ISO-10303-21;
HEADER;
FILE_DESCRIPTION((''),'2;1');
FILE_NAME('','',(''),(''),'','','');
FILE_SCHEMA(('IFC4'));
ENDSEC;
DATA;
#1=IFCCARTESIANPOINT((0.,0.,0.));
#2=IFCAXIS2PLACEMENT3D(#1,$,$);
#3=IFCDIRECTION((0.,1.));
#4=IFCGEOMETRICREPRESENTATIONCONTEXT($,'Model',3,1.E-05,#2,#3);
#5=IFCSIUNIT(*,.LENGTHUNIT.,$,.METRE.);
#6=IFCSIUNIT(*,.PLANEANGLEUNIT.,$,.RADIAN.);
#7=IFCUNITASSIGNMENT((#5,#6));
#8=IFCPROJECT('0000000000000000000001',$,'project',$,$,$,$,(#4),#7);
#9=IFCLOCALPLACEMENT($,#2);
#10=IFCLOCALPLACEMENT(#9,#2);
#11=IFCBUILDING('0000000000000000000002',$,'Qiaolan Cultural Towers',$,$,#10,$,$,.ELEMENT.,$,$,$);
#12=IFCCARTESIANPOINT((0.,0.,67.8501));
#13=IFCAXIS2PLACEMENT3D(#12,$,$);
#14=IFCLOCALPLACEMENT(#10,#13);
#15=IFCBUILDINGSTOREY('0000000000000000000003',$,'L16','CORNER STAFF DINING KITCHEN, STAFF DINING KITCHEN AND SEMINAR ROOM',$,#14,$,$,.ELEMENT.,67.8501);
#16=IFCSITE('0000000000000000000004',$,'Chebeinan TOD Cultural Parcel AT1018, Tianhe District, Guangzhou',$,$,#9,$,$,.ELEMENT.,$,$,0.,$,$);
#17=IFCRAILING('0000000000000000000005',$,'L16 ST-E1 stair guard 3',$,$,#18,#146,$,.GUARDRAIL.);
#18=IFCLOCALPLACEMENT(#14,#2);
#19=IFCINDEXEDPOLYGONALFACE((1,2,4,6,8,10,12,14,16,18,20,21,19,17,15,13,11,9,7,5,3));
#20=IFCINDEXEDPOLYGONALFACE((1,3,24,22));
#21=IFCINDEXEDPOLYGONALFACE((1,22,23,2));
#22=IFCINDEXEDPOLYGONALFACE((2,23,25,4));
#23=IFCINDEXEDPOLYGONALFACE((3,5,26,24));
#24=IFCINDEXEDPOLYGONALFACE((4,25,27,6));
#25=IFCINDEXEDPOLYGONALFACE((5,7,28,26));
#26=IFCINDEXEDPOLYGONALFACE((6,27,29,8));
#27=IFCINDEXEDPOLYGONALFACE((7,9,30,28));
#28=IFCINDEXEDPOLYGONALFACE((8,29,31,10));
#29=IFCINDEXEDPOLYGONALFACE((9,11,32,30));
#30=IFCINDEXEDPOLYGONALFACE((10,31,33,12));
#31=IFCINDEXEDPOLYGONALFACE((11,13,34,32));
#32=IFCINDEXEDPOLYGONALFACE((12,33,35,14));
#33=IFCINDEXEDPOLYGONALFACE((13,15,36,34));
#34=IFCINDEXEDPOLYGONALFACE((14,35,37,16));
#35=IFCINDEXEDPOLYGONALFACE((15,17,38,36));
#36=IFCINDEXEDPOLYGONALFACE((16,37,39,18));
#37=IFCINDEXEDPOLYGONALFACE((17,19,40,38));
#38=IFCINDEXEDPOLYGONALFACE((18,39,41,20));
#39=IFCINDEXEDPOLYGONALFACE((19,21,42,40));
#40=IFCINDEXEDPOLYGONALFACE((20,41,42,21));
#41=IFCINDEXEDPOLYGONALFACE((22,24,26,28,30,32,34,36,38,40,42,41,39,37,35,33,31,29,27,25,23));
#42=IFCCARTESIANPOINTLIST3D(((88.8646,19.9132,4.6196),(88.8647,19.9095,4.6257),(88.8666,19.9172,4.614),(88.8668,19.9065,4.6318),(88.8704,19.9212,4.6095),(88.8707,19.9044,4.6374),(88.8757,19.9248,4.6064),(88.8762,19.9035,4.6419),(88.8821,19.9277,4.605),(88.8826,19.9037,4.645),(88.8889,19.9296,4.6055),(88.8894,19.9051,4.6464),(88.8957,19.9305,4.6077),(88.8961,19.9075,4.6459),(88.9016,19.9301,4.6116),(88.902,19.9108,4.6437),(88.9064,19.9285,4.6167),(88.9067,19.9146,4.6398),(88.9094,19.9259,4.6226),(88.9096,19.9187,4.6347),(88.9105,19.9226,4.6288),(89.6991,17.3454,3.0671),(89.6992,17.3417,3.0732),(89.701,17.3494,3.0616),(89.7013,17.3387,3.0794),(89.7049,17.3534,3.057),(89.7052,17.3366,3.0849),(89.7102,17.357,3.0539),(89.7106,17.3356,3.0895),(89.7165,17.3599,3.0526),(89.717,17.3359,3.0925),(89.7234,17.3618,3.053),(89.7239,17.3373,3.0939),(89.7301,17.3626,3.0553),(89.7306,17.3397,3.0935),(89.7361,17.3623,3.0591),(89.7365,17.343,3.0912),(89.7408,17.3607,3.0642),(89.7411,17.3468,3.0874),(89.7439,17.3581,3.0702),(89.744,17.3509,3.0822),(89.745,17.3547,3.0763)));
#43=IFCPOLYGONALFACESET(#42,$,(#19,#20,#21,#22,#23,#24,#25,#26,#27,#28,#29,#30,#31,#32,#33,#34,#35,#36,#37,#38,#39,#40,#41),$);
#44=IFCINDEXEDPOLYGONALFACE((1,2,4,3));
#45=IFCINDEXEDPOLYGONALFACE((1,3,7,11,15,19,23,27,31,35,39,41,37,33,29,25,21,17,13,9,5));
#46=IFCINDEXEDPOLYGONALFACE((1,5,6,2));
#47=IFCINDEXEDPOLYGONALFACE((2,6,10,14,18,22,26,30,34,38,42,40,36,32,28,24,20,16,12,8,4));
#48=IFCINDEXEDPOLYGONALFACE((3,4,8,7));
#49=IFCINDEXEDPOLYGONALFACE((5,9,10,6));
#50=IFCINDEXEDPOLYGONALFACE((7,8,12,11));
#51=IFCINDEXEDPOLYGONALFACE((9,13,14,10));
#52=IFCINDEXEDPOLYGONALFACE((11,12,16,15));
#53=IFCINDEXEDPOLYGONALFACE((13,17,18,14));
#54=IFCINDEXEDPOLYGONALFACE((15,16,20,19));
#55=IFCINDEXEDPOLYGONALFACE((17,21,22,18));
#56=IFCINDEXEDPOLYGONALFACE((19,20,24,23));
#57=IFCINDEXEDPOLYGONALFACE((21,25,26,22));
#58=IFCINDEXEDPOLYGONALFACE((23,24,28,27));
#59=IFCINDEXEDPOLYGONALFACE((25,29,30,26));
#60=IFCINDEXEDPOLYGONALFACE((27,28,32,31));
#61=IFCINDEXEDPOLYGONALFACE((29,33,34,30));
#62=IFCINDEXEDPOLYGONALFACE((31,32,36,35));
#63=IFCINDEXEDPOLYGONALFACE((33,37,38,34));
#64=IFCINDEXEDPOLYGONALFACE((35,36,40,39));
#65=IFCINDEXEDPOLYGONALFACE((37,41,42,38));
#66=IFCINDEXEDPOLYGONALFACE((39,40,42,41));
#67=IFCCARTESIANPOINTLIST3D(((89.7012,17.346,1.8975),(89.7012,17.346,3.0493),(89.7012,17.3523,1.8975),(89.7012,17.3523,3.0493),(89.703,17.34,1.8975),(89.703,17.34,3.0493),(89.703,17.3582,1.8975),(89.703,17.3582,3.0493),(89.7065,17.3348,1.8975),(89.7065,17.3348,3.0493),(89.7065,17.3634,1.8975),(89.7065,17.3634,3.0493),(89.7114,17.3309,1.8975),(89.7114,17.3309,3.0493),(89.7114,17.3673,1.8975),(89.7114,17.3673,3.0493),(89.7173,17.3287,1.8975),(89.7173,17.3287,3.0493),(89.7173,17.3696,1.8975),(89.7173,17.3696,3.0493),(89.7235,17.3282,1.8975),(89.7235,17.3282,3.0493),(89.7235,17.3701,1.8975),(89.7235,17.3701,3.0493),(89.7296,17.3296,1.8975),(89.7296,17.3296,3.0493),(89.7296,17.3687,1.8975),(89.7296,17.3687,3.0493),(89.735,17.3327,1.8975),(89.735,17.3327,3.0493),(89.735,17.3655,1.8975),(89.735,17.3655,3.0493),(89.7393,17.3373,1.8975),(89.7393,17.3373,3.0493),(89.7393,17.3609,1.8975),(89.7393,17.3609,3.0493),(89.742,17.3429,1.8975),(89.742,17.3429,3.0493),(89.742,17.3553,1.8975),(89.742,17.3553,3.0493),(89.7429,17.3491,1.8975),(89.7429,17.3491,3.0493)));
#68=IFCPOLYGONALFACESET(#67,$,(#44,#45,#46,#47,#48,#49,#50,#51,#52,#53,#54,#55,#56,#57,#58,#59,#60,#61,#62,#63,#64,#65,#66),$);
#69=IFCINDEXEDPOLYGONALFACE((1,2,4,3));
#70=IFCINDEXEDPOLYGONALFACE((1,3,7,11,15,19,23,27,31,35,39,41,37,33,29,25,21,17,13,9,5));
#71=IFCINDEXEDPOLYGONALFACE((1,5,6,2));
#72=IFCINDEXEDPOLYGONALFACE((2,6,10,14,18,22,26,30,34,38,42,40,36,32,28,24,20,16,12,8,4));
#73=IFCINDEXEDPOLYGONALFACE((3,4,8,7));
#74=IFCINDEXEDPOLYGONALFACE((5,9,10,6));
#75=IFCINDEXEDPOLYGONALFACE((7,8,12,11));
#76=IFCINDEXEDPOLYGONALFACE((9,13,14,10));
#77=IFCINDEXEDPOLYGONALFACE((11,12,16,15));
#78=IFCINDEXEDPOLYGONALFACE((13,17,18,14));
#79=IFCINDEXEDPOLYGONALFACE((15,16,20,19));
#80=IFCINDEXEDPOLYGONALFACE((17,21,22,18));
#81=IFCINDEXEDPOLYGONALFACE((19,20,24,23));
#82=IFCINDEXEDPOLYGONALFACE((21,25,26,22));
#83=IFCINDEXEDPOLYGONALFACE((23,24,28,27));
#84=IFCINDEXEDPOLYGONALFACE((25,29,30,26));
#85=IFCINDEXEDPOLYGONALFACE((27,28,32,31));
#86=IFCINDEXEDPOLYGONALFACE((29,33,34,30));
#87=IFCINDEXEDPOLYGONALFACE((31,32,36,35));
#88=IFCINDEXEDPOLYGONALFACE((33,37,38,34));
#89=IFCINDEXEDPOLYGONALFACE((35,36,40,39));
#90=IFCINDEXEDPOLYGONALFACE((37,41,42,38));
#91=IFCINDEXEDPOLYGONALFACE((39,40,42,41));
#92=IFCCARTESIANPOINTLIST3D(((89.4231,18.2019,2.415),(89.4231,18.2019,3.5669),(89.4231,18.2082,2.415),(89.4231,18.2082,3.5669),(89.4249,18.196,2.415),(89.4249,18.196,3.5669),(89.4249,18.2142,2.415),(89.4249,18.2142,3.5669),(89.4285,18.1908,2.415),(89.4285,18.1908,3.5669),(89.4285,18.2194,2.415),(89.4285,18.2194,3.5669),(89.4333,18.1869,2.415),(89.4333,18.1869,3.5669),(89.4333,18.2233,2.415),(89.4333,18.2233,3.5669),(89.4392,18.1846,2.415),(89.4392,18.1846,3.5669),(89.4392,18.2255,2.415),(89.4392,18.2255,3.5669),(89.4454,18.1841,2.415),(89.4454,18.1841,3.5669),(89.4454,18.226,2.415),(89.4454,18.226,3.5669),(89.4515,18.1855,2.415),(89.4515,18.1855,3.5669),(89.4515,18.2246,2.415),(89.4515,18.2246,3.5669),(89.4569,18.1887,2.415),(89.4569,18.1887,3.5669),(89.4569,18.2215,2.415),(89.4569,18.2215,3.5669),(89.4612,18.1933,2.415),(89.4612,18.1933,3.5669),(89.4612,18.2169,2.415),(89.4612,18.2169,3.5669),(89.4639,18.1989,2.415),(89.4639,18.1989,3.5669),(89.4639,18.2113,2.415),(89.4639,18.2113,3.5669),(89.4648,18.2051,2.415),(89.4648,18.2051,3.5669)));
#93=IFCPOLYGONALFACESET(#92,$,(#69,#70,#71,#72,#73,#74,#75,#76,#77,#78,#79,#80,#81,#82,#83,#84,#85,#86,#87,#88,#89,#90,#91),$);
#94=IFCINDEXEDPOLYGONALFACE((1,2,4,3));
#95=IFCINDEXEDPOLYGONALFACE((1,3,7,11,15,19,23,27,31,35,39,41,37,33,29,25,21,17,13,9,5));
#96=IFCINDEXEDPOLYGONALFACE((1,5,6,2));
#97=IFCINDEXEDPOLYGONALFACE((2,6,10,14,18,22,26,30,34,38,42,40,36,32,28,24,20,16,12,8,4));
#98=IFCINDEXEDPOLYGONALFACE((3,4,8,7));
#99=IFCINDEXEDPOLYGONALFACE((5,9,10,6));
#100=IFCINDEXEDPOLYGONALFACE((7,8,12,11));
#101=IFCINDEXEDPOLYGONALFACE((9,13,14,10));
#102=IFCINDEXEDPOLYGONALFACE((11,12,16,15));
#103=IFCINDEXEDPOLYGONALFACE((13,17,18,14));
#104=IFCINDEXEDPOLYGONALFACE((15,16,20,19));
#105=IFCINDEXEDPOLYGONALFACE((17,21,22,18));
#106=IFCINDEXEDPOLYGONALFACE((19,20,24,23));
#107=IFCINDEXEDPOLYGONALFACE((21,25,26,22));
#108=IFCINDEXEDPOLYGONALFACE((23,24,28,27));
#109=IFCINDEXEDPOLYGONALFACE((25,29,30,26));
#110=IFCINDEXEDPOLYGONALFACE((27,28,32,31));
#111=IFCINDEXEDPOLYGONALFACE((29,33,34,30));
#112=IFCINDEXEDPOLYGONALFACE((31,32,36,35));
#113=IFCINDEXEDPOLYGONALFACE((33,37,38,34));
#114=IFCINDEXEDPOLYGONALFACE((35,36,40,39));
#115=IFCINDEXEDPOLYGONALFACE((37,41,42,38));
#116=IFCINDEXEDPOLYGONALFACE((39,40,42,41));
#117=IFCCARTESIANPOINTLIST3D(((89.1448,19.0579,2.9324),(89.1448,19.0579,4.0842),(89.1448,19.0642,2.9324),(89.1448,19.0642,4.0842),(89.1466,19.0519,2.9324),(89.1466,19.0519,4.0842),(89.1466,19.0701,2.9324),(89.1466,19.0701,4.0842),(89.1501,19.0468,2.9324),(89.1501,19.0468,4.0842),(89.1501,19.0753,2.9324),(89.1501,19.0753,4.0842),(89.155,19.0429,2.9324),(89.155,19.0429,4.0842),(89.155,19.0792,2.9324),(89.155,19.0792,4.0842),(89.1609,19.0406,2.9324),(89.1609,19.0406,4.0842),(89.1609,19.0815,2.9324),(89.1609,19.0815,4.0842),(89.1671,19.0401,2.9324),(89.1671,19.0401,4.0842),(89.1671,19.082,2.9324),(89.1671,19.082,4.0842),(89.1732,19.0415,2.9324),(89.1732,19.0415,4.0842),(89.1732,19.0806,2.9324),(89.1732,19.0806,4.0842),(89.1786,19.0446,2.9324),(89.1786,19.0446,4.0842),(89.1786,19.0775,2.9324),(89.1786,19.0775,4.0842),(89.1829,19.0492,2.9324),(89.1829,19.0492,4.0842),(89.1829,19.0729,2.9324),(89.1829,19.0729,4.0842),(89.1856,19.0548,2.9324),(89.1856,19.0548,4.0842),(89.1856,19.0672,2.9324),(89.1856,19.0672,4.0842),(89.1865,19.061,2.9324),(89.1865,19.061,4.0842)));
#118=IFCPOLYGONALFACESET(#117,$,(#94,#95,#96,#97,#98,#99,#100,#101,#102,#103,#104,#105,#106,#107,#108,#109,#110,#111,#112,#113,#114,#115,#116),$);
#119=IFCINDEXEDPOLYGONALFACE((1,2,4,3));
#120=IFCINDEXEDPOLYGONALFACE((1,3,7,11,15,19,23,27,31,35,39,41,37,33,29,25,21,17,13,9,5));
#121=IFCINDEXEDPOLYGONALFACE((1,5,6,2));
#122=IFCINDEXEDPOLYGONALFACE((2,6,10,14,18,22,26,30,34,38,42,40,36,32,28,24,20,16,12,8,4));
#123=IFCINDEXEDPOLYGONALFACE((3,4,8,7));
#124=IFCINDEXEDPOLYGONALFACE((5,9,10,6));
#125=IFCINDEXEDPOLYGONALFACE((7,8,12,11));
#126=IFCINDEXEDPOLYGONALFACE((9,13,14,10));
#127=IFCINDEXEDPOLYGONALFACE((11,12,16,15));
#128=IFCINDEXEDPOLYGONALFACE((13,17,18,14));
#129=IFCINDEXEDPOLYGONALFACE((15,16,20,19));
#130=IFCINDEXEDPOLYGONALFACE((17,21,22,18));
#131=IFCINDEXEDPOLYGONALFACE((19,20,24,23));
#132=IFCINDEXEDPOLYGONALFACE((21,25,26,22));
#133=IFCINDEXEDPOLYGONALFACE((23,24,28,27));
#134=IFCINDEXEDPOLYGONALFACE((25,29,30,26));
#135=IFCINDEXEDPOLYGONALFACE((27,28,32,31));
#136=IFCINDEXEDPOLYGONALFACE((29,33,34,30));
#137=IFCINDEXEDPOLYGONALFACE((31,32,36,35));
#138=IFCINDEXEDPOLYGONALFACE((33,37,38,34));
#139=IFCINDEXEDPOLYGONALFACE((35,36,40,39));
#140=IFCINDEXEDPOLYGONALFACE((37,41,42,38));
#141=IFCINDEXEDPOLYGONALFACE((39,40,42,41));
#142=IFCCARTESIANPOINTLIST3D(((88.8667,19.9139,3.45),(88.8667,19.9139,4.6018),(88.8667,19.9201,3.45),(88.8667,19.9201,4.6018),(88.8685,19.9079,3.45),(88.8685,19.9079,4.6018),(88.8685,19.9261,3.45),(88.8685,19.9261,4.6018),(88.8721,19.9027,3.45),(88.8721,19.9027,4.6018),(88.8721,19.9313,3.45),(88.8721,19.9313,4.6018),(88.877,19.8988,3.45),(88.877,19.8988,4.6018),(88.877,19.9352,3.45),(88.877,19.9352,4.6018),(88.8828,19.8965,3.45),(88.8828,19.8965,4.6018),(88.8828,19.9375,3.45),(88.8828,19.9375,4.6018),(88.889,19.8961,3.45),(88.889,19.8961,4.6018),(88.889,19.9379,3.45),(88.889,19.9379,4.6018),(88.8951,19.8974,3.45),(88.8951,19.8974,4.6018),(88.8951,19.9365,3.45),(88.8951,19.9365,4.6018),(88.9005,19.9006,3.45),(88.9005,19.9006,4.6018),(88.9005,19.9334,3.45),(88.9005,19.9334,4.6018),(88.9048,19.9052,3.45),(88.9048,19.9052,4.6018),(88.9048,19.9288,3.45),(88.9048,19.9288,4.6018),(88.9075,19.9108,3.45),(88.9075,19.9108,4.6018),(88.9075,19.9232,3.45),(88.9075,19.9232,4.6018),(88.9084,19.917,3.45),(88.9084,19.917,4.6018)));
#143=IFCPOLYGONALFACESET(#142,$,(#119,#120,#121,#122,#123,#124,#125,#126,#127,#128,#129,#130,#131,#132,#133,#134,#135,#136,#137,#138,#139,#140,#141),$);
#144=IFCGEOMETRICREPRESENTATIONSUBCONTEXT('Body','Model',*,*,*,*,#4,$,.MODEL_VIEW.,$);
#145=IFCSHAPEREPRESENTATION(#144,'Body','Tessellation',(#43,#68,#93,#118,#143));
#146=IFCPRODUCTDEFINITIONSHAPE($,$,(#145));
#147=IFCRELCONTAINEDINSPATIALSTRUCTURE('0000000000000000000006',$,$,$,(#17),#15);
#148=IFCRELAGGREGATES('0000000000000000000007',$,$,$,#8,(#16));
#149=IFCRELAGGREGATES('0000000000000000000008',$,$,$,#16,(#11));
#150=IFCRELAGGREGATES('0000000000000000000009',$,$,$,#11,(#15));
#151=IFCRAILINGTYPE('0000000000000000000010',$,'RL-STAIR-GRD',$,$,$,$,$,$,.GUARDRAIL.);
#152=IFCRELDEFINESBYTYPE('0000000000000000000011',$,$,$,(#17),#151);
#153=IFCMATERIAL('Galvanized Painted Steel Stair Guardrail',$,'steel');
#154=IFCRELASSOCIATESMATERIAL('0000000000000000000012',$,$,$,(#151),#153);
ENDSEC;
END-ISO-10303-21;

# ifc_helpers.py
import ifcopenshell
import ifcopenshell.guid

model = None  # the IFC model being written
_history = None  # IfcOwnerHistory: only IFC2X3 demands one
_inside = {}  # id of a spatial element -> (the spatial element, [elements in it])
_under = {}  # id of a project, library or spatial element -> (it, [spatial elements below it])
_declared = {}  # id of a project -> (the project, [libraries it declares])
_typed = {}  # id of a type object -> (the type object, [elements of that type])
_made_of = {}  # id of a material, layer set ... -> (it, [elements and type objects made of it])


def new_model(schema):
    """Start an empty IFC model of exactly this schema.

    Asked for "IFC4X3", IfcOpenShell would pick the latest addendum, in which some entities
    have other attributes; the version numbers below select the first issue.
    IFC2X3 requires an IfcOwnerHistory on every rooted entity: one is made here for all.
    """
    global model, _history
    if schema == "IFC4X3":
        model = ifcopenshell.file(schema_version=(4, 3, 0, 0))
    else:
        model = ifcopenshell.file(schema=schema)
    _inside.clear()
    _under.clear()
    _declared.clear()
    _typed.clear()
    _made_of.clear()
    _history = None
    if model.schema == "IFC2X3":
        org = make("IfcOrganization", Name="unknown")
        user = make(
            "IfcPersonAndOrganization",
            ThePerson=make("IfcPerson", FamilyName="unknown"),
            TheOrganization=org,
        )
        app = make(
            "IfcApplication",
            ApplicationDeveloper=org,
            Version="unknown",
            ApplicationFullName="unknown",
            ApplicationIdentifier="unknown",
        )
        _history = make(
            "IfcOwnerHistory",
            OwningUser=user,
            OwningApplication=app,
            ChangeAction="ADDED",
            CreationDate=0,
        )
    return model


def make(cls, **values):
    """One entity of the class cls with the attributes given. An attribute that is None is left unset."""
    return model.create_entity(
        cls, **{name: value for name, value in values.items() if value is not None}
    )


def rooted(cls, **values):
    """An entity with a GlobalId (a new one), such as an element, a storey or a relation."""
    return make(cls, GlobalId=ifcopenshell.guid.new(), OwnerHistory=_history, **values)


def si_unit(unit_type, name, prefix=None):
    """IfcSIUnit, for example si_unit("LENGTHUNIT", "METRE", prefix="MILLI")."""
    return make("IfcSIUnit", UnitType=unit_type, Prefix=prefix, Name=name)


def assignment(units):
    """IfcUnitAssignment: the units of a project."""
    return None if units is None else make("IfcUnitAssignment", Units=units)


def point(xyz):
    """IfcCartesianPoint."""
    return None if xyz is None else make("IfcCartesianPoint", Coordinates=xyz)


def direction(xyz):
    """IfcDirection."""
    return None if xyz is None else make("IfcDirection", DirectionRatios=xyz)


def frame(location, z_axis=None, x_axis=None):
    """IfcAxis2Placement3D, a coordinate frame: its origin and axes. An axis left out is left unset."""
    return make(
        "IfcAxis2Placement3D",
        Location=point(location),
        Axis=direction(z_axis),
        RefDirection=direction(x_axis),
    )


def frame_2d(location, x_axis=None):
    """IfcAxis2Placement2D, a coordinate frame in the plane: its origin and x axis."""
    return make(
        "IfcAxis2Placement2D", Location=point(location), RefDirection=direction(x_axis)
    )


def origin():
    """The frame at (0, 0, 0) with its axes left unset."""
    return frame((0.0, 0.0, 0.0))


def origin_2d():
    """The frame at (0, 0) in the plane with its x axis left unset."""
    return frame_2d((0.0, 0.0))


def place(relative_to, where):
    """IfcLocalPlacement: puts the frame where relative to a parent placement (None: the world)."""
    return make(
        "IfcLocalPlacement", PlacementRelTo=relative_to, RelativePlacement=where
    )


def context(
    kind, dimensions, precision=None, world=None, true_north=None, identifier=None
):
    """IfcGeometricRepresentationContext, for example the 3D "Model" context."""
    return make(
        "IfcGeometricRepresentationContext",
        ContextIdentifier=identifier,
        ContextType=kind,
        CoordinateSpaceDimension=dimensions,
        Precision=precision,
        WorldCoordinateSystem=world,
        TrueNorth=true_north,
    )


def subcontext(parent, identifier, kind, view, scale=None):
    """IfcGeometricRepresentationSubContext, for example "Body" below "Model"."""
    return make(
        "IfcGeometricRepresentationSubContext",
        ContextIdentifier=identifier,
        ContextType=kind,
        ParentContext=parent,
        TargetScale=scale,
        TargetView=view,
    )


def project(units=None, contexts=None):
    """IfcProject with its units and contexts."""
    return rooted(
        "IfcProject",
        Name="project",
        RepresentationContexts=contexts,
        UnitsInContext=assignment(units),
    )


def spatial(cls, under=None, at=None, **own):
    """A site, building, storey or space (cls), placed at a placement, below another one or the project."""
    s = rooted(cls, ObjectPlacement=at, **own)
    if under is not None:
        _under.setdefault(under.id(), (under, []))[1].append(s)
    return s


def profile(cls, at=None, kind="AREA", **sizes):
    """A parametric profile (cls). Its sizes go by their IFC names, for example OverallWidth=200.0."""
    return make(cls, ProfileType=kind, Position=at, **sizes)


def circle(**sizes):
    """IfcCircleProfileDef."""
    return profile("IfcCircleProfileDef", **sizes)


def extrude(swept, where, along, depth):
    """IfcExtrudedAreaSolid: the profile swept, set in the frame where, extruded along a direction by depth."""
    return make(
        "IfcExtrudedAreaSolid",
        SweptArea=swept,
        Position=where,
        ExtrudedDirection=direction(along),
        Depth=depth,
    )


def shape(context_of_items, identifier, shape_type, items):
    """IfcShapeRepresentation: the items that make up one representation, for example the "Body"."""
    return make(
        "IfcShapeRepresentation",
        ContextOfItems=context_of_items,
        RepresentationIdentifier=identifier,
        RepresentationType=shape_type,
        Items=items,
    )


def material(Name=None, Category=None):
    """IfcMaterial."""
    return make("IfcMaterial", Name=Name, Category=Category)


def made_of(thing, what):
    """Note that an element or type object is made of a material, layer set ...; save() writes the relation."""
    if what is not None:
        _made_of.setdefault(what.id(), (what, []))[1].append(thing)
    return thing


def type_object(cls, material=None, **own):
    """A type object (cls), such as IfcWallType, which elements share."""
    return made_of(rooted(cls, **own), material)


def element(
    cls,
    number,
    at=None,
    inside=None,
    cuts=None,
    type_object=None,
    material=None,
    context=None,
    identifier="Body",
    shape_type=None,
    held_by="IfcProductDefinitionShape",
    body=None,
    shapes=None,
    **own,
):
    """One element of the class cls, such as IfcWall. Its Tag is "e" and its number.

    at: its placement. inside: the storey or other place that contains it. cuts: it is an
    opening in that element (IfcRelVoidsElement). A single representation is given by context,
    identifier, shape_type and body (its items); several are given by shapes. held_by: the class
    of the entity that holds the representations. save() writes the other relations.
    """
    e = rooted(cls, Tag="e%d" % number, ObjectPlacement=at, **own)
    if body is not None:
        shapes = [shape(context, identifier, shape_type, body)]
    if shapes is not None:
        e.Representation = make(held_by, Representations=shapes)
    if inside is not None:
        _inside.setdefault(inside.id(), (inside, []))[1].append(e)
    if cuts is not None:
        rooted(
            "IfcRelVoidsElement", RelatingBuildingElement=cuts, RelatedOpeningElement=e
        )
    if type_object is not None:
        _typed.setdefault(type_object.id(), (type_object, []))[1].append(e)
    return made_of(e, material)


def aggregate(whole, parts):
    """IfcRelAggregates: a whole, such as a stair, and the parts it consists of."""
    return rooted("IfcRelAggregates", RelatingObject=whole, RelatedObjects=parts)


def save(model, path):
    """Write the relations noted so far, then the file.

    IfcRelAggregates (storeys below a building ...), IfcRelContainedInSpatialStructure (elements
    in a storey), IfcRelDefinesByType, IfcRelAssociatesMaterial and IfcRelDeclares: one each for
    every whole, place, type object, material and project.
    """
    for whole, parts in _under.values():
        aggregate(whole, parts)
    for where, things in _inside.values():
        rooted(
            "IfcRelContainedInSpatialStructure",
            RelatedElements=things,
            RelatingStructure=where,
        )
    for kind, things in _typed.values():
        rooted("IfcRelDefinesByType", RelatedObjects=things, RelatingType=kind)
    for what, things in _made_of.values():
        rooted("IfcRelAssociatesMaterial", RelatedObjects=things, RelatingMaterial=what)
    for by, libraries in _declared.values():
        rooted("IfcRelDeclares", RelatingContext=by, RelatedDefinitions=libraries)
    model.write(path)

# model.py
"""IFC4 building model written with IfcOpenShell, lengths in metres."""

from ifc_helpers import new_model, si_unit, direction, frame, origin, origin_2d, place, context, subcontext, project, spatial, circle, extrude, material, type_object, element, save


model = new_model("IFC4")

# Units and contexts
model_context = context("Model", 3, precision=1e-05, world=origin(), true_north=direction((0.0, 1.0)))
body_context = subcontext(model_context, "Body", "Model", "MODEL_VIEW")
ifc_project = project(units=[si_unit("LENGTHUNIT", "METRE"), si_unit("PLANEANGLEUNIT", "RADIAN")], contexts=[model_context])

# Site, building, storey
site_placement = place(None, origin())
site = spatial("IfcSite", under=ifc_project, at=site_placement, Name="Chebeinan TOD Cultural Parcel AT1018, Tianhe District, Guangzhou", CompositionType="ELEMENT", RefElevation=0.0)
building_placement = place(site_placement, origin())
building = spatial("IfcBuilding", under=site, at=building_placement, Name="Qiaolan Cultural Towers", CompositionType="ELEMENT")
storey_placement = place(building_placement, frame((0.0, 0.0, 67.8501)))
storey = spatial("IfcBuildingStorey", under=building, at=storey_placement, Name="L16", Description="CORNER STAFF DINING KITCHEN, STAFF DINING KITCHEN AND SEMINAR ROOM", CompositionType="ELEMENT", Elevation=67.8501)

# Railing
ifc_material_1 = material(Name="Galvanized Painted Steel Stair Guardrail", Category="steel")
railing_type_1 = type_object("IfcRailingType", Name="RL-STAIR-GRD", PredefinedType="GUARDRAIL", material=ifc_material_1)
railing_1_placement = place(storey_placement, frame((89.7219, 17.3491, 1.8975)))
element("IfcRailing", 1, at=railing_1_placement, inside=storey, type_object=railing_type_1, Name="L16 ST-E1 stair guard 3", PredefinedType="GUARDRAIL", context=body_context, shape_type="SweptSolid", body=[
    extrude(circle(Radius=0.0239, at=origin_2d()), frame((0.0, 0.0, 1.1758), z_axis=(-0.267926, 0.824471, 0.498461), x_axis=(-0.951043, -0.309057, 0.0)), (0.0, 0.0, 1.0), 3.1145),
    extrude(circle(Radius=0.021, at=origin_2d()), origin(), (0.0, 0.0, 1.0), 1.1519),
    extrude(circle(Radius=0.021, at=origin_2d()), frame((-0.2781, 0.856, 0.5176)), (0.0, 0.0, 1.0), 1.1519),
    extrude(circle(Radius=0.021, at=origin_2d()), frame((-0.5564, 1.7119, 1.0349)), (0.0, 0.0, 1.0), 1.1519),
    extrude(circle(Radius=0.021, at=origin_2d()), frame((-0.8345, 2.5679, 1.5525)), (0.0, 0.0, 1.0), 1.1519),
])

save(model, "model.ifc")
